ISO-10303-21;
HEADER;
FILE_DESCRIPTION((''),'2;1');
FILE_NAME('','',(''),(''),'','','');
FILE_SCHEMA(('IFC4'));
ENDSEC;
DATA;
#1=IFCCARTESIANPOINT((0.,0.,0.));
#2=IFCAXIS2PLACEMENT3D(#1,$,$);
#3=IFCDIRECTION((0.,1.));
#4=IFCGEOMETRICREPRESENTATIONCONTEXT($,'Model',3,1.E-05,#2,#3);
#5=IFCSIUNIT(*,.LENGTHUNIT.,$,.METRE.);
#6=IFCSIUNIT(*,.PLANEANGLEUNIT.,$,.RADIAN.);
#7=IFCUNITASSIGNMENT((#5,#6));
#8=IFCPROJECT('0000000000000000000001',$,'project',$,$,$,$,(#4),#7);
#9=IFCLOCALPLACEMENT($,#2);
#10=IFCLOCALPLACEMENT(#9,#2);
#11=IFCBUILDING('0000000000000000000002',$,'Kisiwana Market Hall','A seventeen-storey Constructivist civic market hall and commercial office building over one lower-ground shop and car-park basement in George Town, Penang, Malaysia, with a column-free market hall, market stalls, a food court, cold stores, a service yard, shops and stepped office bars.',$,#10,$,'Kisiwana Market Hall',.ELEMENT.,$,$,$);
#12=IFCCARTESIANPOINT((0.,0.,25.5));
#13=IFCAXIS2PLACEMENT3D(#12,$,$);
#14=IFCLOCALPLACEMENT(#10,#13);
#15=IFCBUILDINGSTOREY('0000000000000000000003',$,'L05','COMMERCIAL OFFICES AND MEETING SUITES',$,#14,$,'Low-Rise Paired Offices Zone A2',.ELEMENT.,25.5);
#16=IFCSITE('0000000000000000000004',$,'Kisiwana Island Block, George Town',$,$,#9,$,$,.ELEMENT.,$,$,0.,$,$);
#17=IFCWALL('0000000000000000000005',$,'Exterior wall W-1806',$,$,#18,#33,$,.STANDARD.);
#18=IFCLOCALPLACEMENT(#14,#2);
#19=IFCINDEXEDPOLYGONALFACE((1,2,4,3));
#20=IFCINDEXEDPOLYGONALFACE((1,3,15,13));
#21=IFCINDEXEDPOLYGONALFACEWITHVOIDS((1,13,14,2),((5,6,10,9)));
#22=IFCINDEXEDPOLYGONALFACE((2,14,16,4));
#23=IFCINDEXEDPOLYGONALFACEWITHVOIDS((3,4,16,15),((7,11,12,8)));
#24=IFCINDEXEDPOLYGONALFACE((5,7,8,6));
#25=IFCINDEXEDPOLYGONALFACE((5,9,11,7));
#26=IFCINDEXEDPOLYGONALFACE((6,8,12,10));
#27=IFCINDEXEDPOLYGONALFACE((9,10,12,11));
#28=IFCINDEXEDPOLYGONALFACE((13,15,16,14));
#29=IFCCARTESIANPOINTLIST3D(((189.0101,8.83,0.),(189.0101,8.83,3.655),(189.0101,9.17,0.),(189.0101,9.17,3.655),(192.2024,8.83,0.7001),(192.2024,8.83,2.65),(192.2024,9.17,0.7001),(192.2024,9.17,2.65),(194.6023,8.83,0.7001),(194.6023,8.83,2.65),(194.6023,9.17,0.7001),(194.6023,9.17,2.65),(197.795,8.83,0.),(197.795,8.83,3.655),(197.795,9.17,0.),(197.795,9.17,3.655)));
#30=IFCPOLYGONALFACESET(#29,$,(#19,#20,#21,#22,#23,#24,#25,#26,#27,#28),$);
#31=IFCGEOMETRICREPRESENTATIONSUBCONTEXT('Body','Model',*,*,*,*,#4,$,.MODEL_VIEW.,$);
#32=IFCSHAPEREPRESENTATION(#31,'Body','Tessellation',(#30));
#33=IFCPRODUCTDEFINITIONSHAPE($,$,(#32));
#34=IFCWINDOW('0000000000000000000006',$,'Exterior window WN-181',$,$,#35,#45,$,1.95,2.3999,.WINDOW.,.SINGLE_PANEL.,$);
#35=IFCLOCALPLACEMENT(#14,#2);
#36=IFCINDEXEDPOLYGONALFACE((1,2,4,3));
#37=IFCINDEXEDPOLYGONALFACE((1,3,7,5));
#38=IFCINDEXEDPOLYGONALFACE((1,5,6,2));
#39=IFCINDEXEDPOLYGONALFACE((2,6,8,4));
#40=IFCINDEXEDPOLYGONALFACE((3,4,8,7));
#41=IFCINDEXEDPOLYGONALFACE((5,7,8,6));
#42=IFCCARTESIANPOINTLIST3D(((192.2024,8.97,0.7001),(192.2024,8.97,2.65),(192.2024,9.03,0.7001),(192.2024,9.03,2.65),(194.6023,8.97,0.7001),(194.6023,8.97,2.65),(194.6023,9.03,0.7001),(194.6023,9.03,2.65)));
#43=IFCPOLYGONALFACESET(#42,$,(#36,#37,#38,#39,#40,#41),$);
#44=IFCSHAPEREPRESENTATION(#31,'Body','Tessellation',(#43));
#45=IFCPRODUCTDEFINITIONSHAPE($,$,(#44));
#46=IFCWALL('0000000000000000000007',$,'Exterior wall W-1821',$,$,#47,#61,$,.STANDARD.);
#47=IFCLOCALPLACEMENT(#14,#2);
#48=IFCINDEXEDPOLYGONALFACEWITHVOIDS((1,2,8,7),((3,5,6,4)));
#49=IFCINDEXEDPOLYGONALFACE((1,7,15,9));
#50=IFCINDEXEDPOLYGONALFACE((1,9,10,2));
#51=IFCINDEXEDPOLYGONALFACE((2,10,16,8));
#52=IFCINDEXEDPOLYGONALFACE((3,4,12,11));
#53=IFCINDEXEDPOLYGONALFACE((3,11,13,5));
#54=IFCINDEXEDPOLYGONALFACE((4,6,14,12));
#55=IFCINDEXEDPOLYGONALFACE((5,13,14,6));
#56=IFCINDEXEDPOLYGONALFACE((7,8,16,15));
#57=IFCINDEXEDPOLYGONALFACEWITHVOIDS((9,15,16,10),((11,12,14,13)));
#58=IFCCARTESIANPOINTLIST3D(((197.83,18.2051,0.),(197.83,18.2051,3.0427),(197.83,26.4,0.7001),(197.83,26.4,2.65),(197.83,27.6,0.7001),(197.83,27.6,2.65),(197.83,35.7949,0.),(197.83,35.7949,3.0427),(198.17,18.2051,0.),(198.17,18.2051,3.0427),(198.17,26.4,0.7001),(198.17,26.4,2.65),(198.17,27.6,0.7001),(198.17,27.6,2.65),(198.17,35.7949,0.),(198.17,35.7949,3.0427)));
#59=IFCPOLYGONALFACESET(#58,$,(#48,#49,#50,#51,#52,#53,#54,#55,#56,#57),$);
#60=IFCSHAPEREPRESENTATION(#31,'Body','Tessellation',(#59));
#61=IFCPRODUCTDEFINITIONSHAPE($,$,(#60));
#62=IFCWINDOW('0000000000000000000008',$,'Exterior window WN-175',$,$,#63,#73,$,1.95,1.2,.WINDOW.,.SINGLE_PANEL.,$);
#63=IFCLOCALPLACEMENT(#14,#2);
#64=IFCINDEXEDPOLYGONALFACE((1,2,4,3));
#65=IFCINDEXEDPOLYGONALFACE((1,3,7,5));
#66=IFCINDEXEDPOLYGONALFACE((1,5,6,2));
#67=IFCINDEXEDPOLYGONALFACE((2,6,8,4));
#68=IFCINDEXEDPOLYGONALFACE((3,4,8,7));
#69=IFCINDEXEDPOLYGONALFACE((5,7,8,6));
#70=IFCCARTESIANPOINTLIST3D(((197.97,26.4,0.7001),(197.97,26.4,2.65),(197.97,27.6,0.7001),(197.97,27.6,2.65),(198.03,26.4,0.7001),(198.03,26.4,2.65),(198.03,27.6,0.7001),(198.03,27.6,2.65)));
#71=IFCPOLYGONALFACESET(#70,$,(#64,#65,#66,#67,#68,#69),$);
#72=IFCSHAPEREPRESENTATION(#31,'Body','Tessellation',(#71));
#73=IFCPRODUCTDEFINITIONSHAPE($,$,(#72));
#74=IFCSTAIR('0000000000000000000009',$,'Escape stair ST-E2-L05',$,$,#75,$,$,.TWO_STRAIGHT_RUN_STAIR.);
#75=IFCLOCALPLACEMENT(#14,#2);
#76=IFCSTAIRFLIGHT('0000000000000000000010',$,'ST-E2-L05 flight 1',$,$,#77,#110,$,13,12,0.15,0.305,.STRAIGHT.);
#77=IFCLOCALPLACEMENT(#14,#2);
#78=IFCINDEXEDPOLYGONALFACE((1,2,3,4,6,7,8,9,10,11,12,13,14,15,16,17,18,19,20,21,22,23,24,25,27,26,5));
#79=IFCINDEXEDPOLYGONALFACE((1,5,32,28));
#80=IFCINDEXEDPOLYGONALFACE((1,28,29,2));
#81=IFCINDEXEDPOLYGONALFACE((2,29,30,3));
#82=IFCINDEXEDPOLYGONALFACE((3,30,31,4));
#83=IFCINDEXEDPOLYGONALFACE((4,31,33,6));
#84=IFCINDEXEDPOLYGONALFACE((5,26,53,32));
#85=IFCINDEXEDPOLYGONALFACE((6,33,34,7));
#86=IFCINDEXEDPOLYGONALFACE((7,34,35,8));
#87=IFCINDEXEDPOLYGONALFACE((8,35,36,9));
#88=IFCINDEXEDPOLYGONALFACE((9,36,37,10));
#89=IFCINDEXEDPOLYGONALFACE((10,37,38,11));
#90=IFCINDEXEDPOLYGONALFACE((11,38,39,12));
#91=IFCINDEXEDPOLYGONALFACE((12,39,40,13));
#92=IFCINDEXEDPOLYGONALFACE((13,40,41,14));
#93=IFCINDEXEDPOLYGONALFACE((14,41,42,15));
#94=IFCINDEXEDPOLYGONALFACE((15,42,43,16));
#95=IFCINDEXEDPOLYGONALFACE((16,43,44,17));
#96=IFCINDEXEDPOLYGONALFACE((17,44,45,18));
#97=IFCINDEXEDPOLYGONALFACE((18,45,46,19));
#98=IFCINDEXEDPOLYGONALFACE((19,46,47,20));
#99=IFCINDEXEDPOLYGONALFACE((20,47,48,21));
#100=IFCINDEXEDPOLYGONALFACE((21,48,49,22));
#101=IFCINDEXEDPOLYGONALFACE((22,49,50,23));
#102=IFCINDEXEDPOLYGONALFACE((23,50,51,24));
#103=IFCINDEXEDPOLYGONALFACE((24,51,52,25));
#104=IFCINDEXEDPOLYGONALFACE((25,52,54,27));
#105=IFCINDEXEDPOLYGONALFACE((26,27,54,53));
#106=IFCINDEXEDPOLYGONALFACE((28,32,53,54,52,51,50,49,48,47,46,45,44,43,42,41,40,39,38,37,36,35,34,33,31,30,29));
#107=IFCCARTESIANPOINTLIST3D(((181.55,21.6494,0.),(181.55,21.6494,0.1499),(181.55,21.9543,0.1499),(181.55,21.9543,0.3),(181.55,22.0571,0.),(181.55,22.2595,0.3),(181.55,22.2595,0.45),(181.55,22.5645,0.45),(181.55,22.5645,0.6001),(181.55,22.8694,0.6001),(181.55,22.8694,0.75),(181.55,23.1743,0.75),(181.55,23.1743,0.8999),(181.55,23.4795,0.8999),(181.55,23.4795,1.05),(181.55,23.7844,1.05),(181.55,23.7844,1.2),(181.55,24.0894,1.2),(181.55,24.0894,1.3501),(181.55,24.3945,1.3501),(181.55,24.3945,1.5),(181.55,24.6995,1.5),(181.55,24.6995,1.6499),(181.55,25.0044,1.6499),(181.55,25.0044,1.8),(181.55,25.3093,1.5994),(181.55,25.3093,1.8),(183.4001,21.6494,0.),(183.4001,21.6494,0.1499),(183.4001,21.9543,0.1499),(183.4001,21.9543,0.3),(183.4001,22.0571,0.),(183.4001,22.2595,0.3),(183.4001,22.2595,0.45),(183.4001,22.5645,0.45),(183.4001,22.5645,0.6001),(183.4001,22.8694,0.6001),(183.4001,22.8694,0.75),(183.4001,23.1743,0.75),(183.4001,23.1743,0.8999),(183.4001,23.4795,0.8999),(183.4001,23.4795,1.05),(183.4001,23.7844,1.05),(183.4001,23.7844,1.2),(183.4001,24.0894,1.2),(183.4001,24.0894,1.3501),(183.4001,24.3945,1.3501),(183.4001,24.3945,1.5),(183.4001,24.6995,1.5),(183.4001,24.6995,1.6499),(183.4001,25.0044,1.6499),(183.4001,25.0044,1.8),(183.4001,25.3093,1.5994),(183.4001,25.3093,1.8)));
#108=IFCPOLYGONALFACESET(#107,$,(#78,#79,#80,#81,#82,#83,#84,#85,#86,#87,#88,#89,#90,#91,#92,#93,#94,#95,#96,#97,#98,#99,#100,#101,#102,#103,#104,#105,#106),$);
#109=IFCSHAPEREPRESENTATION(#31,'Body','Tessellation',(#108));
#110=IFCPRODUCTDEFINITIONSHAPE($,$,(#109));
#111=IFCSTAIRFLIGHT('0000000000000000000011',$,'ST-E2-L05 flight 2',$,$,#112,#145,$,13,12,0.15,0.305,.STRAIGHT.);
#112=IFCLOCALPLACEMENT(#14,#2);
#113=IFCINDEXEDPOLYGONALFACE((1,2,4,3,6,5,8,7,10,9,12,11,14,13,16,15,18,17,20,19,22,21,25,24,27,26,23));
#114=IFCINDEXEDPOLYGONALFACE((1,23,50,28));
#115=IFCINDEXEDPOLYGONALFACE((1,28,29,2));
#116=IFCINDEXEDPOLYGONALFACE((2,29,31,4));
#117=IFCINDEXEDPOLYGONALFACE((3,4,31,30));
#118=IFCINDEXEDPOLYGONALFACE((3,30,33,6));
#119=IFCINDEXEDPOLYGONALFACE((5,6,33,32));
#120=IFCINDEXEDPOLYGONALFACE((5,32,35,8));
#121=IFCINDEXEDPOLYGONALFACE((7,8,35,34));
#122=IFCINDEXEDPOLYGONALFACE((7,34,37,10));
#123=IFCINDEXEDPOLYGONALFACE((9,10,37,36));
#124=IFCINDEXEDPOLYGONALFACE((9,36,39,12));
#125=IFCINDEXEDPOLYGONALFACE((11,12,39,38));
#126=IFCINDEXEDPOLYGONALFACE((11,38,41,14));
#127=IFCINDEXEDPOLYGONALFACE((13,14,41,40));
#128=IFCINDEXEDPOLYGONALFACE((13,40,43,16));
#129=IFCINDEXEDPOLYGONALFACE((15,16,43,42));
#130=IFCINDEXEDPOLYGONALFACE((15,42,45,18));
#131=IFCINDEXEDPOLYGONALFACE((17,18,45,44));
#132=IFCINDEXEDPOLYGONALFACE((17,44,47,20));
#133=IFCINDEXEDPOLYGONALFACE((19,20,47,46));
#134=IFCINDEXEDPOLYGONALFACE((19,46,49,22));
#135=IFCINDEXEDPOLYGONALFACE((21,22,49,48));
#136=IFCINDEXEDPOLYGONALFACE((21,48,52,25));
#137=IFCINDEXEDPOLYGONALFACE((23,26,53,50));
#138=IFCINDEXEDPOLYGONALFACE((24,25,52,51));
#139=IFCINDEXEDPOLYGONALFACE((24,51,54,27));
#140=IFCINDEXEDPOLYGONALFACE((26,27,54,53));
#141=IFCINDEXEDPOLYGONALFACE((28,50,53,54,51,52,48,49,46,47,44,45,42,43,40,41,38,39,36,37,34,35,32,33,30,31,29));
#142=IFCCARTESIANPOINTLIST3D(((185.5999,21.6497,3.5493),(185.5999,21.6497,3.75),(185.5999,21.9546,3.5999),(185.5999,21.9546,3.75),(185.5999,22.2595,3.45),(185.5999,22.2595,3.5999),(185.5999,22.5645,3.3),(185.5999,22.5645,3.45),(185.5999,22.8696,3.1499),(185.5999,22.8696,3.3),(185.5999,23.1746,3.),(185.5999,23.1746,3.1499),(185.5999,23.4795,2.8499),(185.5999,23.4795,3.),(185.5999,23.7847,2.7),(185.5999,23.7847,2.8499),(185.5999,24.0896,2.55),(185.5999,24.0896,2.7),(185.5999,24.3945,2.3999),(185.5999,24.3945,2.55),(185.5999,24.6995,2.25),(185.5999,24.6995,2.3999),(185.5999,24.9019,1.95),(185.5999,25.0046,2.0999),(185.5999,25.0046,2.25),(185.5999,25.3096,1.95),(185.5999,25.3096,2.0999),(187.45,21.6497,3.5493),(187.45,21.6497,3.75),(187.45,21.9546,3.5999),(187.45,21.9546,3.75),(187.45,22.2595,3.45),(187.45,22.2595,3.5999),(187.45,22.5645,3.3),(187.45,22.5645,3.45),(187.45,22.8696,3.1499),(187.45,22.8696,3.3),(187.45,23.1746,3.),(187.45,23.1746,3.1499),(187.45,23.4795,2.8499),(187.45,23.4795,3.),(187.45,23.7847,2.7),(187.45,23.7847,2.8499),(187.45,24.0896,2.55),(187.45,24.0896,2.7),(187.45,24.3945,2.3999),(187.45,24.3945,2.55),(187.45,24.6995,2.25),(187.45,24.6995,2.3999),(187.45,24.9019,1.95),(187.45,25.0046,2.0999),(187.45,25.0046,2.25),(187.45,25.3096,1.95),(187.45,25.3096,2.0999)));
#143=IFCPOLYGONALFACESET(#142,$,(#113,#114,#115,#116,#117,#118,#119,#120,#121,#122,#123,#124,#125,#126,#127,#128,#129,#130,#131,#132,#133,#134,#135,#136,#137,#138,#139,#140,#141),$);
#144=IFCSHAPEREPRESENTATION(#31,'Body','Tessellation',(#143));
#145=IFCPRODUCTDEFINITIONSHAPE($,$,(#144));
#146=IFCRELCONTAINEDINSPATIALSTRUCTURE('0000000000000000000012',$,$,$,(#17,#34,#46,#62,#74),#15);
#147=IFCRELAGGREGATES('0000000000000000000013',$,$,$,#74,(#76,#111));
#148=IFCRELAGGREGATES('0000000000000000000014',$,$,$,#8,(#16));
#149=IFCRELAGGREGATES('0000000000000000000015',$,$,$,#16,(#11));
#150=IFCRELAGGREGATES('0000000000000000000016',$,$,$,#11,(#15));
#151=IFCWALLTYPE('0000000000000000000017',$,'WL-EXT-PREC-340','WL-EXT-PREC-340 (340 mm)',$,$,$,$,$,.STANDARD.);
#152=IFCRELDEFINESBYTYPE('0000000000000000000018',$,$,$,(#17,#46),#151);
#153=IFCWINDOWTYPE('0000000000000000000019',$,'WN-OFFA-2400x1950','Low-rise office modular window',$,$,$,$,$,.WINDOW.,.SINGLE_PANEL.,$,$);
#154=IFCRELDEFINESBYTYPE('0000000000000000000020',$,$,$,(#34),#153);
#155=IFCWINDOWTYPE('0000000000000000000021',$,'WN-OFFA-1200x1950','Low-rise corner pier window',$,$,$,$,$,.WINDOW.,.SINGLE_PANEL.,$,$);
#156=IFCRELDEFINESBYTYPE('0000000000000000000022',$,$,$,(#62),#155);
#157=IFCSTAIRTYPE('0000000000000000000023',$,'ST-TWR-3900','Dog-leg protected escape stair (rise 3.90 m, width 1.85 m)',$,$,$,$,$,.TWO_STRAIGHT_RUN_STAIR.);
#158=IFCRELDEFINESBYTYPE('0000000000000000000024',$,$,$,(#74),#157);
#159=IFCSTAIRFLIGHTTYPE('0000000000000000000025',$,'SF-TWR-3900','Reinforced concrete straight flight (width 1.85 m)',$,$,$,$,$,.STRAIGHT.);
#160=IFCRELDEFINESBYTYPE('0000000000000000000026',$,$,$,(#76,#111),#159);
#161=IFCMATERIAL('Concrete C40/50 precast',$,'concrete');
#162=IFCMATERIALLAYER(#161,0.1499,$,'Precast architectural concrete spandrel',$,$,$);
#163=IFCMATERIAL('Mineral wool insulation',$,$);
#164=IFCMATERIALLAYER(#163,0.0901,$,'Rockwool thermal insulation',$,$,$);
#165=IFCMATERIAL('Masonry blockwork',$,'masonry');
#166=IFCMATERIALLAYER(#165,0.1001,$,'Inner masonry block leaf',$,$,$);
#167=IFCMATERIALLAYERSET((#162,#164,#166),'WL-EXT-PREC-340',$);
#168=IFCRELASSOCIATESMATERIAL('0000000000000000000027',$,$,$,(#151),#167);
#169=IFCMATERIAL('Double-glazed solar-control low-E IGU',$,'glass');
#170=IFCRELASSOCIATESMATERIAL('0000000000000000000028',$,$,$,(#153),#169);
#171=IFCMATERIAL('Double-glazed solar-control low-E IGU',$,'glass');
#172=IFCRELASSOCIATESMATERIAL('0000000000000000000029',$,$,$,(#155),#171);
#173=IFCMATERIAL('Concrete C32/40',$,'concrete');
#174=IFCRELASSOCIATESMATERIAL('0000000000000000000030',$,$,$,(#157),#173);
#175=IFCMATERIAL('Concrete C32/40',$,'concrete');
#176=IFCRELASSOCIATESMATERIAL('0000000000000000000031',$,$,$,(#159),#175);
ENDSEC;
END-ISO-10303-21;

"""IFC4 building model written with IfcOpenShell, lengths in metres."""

from ifc_helpers import new_model, si_unit, direction, frame, frame_2d, origin, place, context, subcontext, project, spatial, polyline, rectangle, outline, extrude, material, layer, layer_set, type_object, element, fill, aggregate, save


model = new_model("IFC4")

# Units and contexts
model_context = context("Model", 3, precision=1e-05, world=origin(), true_north=direction((0.0, 1.0)))
body_context = subcontext(model_context, "Body", "Model", "MODEL_VIEW")
ifc_project = project(units=[si_unit("LENGTHUNIT", "METRE"), si_unit("PLANEANGLEUNIT", "RADIAN")], contexts=[model_context])

# Site, building, storey
site_placement = place(None, origin())
site = spatial("IfcSite", under=ifc_project, at=site_placement, Name="Kisiwana Island Block, George Town", CompositionType="ELEMENT", RefElevation=0.0)
building_placement = place(site_placement, origin())
building = spatial("IfcBuilding", under=site, at=building_placement, Name="Kisiwana Market Hall", Description="A seventeen-storey Constructivist civic market hall and commercial office building over one lower-ground shop and car-park basement in George Town, Penang, Malaysia, with a column-free market hall, market stalls, a food court, cold stores, a service yard, shops and stepped office bars.", LongName="Kisiwana Market Hall", CompositionType="ELEMENT")
storey_placement = place(building_placement, frame((0.0, 0.0, 25.5)))
storey = spatial("IfcBuildingStorey", under=building, at=storey_placement, Name="L05", Description="COMMERCIAL OFFICES AND MEETING SUITES", LongName="Low-Rise Paired Offices Zone A2", CompositionType="ELEMENT", Elevation=25.5)

# Walls, openings, windows
ifc_material_1 = material(Name="Concrete C40/50 precast", Category="concrete")
ifc_layer_1 = layer(ifc_material_1, 0.1499, Name="Precast architectural concrete spandrel")
ifc_material_2 = material(Name="Mineral wool insulation")
ifc_layer_2 = layer(ifc_material_2, 0.0901, Name="Rockwool thermal insulation")
ifc_material_3 = material(Name="Masonry blockwork", Category="masonry")
ifc_layer_3 = layer(ifc_material_3, 0.1001, Name="Inner masonry block leaf")
ifc_layer_set_1 = layer_set([ifc_layer_1, ifc_layer_2, ifc_layer_3], Name="WL-EXT-PREC-340")
wall_type_1 = type_object("IfcWallType", Name="WL-EXT-PREC-340", Description="WL-EXT-PREC-340 (340 mm)", PredefinedType="STANDARD", material=ifc_layer_set_1)
wall_1_placement = place(storey_placement, frame((189.01, 9.0, 0.0), z_axis=(0.0, 0.0, 1.0), x_axis=(1.0, 0.0, 0.0)))
wall_1 = element("IfcWall", 1, at=wall_1_placement, inside=storey, type_object=wall_type_1, Name="Exterior wall W-1806", PredefinedType="STANDARD", context=body_context, shape_type="SweptSolid", body=[
    extrude(rectangle(XDim=8.7849, YDim=0.3401, at=frame_2d((4.3926, 0.0))), origin(), (0.0, 0.0, 1.0), 3.655),
])
opening_1_placement = place(wall_1_placement, frame((3.1924, 0.0, 0.7)))
opening_1 = element("IfcOpeningElement", 2, at=opening_1_placement, cuts=wall_1, PredefinedType="OPENING", context=body_context, shape_type="SweptSolid", body=[
    extrude(rectangle(XDim=2.3999, YDim=1.95, at=frame_2d((1.2, 0.9751))), frame((0.0, 0.1821, 0.0), z_axis=(0.0, -1.0, 0.0), x_axis=(1.0, 0.0, 0.0)), (0.0, 0.0, 1.0), 0.364),
])
ifc_material_4 = material(Name="Double-glazed solar-control low-E IGU", Category="glass")
window_type_1 = type_object("IfcWindowType", Name="WN-OFFA-2400x1950", Description="Low-rise office modular window", PartitioningType="SINGLE_PANEL", PredefinedType="WINDOW", material=ifc_material_4)
window_1_placement = place(opening_1_placement, origin())
window_1 = element("IfcWindow", 3, at=window_1_placement, inside=storey, type_object=window_type_1, Name="Exterior window WN-181", OverallHeight=1.95, OverallWidth=2.3999, PartitioningType="SINGLE_PANEL", PredefinedType="WINDOW", context=body_context, shape_type="SweptSolid", body=[
    extrude(rectangle(XDim=2.3999, YDim=1.95, at=frame_2d((1.2, 0.9751))), frame((0.0, 0.03, 0.0), z_axis=(0.0, -1.0, 0.0), x_axis=(1.0, 0.0, 0.0)), (0.0, 0.0, 1.0), 0.0601),
])
fill(opening_1, window_1)
wall_2_placement = place(storey_placement, frame((198.0, 18.2051, 0.0), z_axis=(0.0, 0.0, 1.0), x_axis=(0.0, 1.0, 0.0)))
wall_2 = element("IfcWall", 4, at=wall_2_placement, inside=storey, type_object=wall_type_1, Name="Exterior wall W-1821", PredefinedType="STANDARD", context=body_context, shape_type="SweptSolid", body=[
    extrude(rectangle(XDim=17.5898, YDim=0.3401, at=frame_2d((8.7949, 0.0))), origin(), (0.0, 0.0, 1.0), 3.0427),
])
opening_2_placement = place(wall_2_placement, frame((8.1948, 0.0, 0.7)))
opening_2 = element("IfcOpeningElement", 5, at=opening_2_placement, cuts=wall_2, PredefinedType="OPENING", context=body_context, shape_type="SweptSolid", body=[
    extrude(rectangle(XDim=1.2, YDim=1.95, at=frame_2d((0.6001, 0.9751))), frame((0.0, 0.1821, 0.0), z_axis=(0.0, -1.0, 0.0), x_axis=(1.0, 0.0, 0.0)), (0.0, 0.0, 1.0), 0.364),
])
ifc_material_5 = material(Name="Double-glazed solar-control low-E IGU", Category="glass")
window_type_2 = type_object("IfcWindowType", Name="WN-OFFA-1200x1950", Description="Low-rise corner pier window", PartitioningType="SINGLE_PANEL", PredefinedType="WINDOW", material=ifc_material_5)
window_2_placement = place(opening_2_placement, origin())
window_2 = element("IfcWindow", 6, at=window_2_placement, inside=storey, type_object=window_type_2, Name="Exterior window WN-175", OverallHeight=1.95, OverallWidth=1.2, PartitioningType="SINGLE_PANEL", PredefinedType="WINDOW", context=body_context, shape_type="SweptSolid", body=[
    extrude(rectangle(XDim=1.2, YDim=1.95, at=frame_2d((0.6001, 0.9751))), frame((0.0, 0.03, 0.0), z_axis=(0.0, -1.0, 0.0), x_axis=(1.0, 0.0, 0.0)), (0.0, 0.0, 1.0), 0.0601),
])
fill(opening_2, window_2)

# Stair, stair flights
ifc_material_6 = material(Name="Concrete C32/40", Category="concrete")
stair_type = type_object("IfcStairType", Name="ST-TWR-3900", Description="Dog-leg protected escape stair (rise 3.90 m, width 1.85 m)", PredefinedType="TWO_STRAIGHT_RUN_STAIR", material=ifc_material_6)
stair_placement = place(storey_placement, origin())
stair = element("IfcStair", 7, at=stair_placement, inside=storey, type_object=stair_type, Name="Escape stair ST-E2-L05", PredefinedType="TWO_STRAIGHT_RUN_STAIR")
ifc_material_7 = material(Name="Concrete C32/40", Category="concrete")
stair_flight_type = type_object("IfcStairFlightType", Name="SF-TWR-3900", Description="Reinforced concrete straight flight (width 1.85 m)", PredefinedType="STRAIGHT", material=ifc_material_7)
stair_flight_1_placement = place(storey_placement, frame((182.4751, 21.6494, 0.0), z_axis=(0.0, 0.0, 1.0), x_axis=(0.0, 1.0, 0.0)))
stair_flight_1 = element("IfcStairFlight", 8, at=stair_flight_1_placement, type_object=stair_flight_type, Name="ST-E2-L05 flight 1", NumberOfRisers=13, NumberOfTreads=12, PredefinedType="STRAIGHT", RiserHeight=0.15, TreadLength=0.305, context=body_context, shape_type="SweptSolid", body=[
    extrude(outline(polyline([(0.0, 0.0), (0.0, 0.1499), (0.3049, 0.1499), (0.3049, 0.3), (0.6101, 0.3), (0.6101, 0.45), (0.915, 0.45), (0.915, 0.6001), (1.22, 0.6001), (1.22, 0.75), (1.5249, 0.75), (1.5249, 0.8999), (1.8301, 0.8999), (1.8301, 1.05), (2.135, 1.05), (2.135, 1.2), (2.4399, 1.2), (2.4399, 1.3501), (2.7451, 1.3501), (2.7451, 1.5), (3.05, 1.5), (3.05, 1.6499), (3.355, 1.6499), (3.355, 1.8), (3.6599, 1.8), (3.6599, 1.95), (3.6599, 1.5994), (0.4077, 0.0), (0.0, 0.0)])), frame((0.0, 0.925, 0.0), z_axis=(0.0, -1.0, 0.0), x_axis=(1.0, 0.0, 0.0)), (0.0, 0.0, 1.0), 1.8501),
])
stair_flight_2_placement = place(storey_placement, frame((186.5249, 25.3096, 1.95), z_axis=(0.0, 0.0, 1.0), x_axis=(0.0, -1.0, 0.0)))
stair_flight_2 = element("IfcStairFlight", 9, at=stair_flight_2_placement, type_object=stair_flight_type, Name="ST-E2-L05 flight 2", NumberOfRisers=13, NumberOfTreads=12, PredefinedType="STRAIGHT", RiserHeight=0.15, TreadLength=0.305, context=body_context, shape_type="SweptSolid", body=[
    extrude(outline(polyline([(0.0, 0.0), (0.0, 0.1499), (0.3049, 0.1499), (0.3049, 0.3), (0.6101, 0.3), (0.6101, 0.45), (0.915, 0.45), (0.915, 0.6001), (1.22, 0.6001), (1.22, 0.75), (1.5249, 0.75), (1.5249, 0.8999), (1.8301, 0.8999), (1.8301, 1.05), (2.135, 1.05), (2.135, 1.2), (2.4399, 1.2), (2.4399, 1.3501), (2.7451, 1.3501), (2.7451, 1.5), (3.05, 1.5), (3.05, 1.6499), (3.355, 1.6499), (3.355, 1.8), (3.6599, 1.8), (3.6599, 1.95), (3.6599, 1.5994), (0.4077, 0.0), (0.0, 0.0)])), frame((0.0, 0.925, 0.0), z_axis=(0.0, -1.0, 0.0), x_axis=(1.0, 0.0, 0.0)), (0.0, 0.0, 1.0), 1.8501),
])
aggregate(stair, [stair_flight_1, stair_flight_2])

save(model, "model.ifc")
